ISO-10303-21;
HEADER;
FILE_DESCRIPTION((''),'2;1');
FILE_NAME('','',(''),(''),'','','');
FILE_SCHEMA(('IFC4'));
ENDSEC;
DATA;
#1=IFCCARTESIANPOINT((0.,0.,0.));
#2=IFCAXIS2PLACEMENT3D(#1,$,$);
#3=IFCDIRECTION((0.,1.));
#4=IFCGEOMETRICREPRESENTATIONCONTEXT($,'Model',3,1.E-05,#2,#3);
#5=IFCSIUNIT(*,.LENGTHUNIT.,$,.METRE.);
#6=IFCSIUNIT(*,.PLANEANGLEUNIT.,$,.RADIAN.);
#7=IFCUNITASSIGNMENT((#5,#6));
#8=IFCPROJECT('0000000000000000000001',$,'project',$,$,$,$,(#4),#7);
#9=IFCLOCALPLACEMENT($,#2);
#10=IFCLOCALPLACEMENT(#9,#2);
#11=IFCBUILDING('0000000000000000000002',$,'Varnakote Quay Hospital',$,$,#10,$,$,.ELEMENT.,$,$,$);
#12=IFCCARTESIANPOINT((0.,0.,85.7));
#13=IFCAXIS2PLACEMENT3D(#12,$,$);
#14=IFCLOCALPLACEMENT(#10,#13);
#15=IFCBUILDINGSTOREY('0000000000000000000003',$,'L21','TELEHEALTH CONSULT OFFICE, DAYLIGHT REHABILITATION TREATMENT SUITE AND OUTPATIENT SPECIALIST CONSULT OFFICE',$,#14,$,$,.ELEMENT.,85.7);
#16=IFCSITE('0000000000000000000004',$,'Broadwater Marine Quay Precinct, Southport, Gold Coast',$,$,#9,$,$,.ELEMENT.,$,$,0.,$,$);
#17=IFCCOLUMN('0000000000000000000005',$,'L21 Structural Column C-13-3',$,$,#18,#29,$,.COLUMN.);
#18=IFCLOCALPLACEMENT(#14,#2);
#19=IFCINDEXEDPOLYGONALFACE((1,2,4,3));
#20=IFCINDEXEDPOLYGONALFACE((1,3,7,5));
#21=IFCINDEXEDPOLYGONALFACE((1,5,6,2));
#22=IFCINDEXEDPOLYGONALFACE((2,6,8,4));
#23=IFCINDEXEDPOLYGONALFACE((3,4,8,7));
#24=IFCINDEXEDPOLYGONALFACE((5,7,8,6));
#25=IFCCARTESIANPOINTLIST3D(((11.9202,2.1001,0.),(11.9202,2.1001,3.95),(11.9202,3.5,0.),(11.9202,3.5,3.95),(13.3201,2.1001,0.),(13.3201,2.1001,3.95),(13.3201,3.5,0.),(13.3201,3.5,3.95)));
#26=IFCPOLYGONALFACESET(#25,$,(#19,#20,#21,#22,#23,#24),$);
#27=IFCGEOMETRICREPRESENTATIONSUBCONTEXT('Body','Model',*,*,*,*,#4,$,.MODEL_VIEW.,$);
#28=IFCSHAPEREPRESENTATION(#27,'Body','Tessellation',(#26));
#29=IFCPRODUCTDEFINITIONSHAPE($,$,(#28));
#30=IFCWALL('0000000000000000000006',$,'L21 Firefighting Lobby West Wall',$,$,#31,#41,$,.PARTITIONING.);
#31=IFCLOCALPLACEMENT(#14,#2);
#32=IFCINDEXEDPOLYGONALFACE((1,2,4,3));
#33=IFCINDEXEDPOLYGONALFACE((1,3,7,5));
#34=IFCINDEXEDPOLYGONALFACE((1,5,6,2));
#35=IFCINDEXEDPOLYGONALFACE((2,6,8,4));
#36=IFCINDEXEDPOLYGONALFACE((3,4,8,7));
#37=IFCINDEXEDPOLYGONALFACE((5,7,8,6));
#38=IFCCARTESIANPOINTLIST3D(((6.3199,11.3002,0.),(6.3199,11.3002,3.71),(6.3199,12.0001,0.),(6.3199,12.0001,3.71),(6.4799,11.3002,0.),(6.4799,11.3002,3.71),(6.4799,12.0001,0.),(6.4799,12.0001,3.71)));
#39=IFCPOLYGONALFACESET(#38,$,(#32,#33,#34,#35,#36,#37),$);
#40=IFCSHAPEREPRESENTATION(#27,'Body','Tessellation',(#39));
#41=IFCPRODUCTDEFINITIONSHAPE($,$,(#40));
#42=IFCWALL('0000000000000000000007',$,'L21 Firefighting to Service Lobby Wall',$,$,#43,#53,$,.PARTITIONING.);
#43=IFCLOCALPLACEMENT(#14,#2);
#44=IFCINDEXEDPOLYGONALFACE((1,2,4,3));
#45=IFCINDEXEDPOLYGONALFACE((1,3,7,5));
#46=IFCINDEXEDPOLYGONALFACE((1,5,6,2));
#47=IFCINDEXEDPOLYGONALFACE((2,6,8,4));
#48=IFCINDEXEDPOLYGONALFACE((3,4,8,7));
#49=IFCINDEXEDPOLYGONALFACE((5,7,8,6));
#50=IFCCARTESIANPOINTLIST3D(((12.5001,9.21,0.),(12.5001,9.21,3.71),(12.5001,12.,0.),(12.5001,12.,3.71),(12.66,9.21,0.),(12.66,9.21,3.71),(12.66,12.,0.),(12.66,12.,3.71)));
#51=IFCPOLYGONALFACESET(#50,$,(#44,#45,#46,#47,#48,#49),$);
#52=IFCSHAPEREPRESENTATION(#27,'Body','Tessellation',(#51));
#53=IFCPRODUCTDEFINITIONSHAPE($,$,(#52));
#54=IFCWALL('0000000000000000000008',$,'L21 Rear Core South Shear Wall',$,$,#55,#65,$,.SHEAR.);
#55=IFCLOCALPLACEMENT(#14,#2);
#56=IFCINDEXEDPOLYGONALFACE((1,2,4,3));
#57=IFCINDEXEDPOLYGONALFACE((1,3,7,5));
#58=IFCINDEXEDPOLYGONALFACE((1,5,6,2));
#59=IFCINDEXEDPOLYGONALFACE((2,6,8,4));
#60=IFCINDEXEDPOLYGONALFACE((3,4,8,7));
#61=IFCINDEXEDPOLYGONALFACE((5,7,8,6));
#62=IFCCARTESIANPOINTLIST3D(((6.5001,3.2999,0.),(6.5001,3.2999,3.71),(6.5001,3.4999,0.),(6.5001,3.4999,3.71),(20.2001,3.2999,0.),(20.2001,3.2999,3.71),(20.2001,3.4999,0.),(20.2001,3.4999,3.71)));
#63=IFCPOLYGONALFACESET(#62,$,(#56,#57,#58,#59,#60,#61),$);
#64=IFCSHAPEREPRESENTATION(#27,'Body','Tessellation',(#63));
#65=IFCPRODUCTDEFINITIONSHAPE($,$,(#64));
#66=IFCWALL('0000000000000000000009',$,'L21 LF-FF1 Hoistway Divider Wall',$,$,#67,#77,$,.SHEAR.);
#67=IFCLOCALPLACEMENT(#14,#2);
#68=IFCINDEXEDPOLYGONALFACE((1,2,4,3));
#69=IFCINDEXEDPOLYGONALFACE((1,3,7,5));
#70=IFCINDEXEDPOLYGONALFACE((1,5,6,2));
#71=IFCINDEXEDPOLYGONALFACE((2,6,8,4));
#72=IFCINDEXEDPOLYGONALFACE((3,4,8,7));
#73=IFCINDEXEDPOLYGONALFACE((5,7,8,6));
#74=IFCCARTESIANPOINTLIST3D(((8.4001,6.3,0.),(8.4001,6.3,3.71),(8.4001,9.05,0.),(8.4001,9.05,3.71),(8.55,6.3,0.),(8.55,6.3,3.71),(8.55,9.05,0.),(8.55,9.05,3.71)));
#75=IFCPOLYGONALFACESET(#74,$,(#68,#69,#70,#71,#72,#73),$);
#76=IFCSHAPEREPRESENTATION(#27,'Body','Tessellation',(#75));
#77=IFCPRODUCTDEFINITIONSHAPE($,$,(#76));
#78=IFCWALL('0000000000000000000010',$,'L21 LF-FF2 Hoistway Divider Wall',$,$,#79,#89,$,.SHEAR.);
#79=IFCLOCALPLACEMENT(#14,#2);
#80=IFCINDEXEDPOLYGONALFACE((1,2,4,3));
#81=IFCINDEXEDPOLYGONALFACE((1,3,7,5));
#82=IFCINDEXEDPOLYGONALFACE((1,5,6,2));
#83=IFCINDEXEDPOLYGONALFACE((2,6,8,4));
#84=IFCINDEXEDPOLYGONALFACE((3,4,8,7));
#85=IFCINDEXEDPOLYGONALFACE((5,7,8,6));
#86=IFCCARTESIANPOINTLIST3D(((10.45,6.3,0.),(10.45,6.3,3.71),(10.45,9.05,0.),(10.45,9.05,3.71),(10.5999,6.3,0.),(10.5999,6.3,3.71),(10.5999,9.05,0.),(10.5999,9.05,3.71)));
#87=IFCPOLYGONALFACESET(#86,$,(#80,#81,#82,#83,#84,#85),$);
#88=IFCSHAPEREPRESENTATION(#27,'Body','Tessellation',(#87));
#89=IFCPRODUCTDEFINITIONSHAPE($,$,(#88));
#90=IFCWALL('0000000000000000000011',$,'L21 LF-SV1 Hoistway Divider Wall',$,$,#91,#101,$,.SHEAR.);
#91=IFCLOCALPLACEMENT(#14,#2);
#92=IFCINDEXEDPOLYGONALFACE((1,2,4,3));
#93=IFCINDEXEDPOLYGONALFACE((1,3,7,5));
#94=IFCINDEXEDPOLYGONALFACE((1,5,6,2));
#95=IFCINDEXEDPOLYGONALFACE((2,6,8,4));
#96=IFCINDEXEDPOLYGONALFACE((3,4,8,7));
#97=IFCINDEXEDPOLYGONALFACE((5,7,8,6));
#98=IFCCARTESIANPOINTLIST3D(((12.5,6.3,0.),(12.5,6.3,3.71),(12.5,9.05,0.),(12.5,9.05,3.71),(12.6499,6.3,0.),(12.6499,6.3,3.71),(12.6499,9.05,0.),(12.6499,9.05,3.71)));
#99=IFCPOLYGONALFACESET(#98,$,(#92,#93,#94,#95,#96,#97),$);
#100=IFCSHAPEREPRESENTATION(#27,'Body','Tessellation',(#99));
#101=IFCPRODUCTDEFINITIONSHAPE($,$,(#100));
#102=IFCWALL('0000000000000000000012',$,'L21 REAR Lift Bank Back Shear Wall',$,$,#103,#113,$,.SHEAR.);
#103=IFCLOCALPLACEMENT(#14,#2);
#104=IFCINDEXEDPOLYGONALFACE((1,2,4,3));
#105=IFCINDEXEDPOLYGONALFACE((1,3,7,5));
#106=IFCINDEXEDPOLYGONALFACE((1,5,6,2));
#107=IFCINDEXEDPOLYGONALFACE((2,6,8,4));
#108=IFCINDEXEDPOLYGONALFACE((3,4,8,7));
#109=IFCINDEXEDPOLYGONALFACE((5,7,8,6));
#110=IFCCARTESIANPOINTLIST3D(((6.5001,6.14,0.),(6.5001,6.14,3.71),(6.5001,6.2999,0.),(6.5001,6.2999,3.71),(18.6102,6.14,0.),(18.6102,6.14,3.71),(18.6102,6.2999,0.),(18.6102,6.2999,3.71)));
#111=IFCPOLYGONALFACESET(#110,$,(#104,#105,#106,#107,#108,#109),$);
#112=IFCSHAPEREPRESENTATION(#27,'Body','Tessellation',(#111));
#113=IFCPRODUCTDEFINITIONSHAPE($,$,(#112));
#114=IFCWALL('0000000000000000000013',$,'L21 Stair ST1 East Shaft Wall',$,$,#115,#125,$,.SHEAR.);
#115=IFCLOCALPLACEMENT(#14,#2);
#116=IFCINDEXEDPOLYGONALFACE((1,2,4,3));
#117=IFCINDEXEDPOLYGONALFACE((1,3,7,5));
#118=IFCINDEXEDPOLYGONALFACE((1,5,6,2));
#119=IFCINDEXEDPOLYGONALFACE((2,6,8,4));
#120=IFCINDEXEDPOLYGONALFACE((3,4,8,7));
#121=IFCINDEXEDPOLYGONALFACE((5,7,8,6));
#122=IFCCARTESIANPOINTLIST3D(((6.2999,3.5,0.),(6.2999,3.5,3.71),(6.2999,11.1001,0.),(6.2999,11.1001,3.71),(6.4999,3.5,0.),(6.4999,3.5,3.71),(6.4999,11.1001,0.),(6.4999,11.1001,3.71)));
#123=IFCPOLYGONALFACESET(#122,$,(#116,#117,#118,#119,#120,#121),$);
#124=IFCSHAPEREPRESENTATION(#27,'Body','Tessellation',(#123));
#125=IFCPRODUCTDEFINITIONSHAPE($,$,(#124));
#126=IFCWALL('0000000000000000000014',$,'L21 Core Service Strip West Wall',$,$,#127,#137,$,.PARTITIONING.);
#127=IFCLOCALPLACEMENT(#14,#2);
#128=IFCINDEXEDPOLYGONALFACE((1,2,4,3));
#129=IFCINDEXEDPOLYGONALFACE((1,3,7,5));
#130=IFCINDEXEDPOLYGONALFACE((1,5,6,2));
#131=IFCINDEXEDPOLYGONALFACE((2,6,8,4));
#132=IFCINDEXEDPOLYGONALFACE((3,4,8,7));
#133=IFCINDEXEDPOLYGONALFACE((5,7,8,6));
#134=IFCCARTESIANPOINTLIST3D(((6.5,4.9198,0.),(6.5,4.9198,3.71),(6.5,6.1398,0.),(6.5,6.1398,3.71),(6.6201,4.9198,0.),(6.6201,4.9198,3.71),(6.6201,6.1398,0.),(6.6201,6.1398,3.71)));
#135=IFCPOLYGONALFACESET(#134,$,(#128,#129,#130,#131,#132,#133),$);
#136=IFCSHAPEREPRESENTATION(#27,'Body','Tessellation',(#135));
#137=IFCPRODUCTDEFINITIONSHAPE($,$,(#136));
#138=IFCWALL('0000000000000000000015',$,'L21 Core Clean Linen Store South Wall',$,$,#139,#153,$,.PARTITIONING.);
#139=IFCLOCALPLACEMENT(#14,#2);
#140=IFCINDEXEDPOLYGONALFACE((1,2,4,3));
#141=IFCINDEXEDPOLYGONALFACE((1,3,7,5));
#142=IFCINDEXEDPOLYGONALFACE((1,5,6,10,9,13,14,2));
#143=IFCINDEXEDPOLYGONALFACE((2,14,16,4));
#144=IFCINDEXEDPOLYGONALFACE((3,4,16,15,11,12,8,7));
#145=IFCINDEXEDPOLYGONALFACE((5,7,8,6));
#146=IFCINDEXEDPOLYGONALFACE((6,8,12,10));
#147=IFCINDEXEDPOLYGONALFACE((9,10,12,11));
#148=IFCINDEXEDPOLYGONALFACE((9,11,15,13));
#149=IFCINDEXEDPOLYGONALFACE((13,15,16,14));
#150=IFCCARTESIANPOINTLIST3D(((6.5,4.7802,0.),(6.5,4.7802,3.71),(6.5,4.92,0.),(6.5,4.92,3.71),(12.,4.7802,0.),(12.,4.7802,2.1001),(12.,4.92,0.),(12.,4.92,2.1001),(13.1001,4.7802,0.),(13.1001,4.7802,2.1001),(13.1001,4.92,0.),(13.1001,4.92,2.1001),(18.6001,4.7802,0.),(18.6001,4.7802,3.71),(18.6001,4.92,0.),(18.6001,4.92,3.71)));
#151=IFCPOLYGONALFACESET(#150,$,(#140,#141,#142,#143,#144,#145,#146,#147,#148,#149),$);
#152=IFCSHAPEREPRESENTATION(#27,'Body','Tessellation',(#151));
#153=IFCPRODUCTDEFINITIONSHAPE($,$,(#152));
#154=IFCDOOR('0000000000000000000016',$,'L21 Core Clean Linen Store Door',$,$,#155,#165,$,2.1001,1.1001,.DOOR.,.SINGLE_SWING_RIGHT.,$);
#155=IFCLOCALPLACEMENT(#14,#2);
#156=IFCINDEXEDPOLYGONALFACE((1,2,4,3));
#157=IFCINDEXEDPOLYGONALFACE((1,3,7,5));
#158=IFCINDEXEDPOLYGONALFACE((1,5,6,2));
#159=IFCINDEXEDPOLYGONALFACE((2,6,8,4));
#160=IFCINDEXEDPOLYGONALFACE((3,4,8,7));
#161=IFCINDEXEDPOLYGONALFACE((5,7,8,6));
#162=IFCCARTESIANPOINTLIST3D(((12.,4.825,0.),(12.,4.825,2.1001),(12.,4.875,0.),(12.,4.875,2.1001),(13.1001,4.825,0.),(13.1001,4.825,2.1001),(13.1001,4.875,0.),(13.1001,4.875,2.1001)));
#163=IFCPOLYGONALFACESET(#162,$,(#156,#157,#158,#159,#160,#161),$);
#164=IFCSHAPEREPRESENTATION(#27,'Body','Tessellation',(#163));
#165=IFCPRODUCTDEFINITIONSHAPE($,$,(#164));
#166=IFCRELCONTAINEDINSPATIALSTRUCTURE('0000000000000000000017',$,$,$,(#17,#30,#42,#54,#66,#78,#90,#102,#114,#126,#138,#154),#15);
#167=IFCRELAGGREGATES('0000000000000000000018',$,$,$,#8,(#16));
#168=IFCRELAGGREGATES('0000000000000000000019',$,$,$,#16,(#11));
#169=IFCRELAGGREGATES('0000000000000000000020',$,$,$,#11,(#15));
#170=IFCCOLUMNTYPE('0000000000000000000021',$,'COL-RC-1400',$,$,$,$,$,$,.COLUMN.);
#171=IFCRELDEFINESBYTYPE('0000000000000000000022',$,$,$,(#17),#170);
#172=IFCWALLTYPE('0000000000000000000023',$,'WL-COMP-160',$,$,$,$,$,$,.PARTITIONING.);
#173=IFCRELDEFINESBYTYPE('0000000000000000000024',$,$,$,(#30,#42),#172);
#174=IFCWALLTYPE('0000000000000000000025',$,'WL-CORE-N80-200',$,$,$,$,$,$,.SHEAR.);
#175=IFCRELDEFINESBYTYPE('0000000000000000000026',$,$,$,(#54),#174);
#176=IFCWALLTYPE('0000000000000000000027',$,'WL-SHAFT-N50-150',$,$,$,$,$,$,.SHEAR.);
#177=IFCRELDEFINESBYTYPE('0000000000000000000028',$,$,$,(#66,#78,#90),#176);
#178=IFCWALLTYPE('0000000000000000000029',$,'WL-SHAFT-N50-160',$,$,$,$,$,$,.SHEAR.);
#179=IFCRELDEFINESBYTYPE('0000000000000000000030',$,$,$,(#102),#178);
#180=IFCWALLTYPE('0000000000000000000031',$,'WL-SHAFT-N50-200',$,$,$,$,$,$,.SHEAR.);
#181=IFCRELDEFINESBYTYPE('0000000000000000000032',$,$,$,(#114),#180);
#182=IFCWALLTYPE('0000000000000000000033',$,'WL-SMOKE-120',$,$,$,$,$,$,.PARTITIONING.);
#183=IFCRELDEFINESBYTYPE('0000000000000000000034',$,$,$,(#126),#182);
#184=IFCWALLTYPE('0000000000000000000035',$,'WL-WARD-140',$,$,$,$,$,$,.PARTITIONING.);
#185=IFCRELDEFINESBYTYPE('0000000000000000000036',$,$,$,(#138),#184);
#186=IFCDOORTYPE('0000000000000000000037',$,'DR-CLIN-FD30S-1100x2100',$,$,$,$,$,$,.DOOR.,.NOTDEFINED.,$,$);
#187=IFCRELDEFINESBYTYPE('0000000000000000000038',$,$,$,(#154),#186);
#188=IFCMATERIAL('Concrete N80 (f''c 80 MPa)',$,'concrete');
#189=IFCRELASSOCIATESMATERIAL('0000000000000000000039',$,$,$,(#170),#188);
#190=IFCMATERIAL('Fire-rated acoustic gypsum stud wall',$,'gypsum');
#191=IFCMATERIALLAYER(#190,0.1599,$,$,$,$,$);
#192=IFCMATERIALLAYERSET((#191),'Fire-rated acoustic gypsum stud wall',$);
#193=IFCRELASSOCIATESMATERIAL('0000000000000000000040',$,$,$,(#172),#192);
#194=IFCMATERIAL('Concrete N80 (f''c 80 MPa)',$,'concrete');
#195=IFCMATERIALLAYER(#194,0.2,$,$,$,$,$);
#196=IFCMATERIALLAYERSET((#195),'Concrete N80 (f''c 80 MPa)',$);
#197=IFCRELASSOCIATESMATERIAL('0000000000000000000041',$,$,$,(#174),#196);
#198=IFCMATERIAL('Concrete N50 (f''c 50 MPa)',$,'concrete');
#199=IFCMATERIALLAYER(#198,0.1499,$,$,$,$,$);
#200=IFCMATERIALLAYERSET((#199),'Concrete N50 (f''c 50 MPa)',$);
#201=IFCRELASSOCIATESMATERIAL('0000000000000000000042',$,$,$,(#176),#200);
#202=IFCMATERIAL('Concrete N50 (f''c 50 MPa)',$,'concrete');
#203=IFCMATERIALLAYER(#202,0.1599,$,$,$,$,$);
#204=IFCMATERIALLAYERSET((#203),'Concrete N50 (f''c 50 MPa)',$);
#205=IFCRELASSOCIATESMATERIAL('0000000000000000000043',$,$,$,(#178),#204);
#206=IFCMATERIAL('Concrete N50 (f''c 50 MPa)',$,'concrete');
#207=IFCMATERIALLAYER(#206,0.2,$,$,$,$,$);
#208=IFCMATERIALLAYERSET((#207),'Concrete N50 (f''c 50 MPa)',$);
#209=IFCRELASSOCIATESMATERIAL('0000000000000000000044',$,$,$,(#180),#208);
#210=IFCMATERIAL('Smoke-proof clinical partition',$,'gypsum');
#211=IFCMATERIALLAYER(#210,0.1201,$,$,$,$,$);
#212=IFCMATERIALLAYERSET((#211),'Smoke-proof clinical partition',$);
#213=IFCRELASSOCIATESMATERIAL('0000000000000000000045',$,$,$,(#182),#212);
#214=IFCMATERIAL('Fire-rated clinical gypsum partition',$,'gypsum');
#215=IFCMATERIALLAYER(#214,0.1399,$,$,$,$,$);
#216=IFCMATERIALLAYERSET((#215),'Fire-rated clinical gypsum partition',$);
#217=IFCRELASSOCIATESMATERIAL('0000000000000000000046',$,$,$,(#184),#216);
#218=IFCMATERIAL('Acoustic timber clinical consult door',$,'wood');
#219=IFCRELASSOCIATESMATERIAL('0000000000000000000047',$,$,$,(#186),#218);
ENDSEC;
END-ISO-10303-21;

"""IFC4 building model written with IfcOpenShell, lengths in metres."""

from ifc_helpers import new_model, si_unit, direction, frame, frame_2d, origin, origin_2d, place, context, subcontext, project, spatial, rectangle, extrude, material, layer, layer_set, material_profile, profile_set, type_object, element, fill, save


model = new_model("IFC4")

# Units and contexts
model_context = context("Model", 3, precision=1e-05, world=origin(), true_north=direction((0.0, 1.0)))
body_context = subcontext(model_context, "Body", "Model", "MODEL_VIEW")
ifc_project = project(units=[si_unit("LENGTHUNIT", "METRE"), si_unit("PLANEANGLEUNIT", "RADIAN")], contexts=[model_context])

# Site, building, storey
site_placement = place(None, origin())
site = spatial("IfcSite", under=ifc_project, at=site_placement, Name="Broadwater Marine Quay Precinct, Southport, Gold Coast", CompositionType="ELEMENT", RefElevation=0.0)
building_placement = place(site_placement, origin())
building = spatial("IfcBuilding", under=site, at=building_placement, Name="Varnakote Quay Hospital", CompositionType="ELEMENT")
storey_placement = place(building_placement, frame((0.0, 0.0, 85.7)))
storey = spatial("IfcBuildingStorey", under=building, at=storey_placement, Name="L21", Description="TELEHEALTH CONSULT OFFICE, DAYLIGHT REHABILITATION TREATMENT SUITE AND OUTPATIENT SPECIALIST CONSULT OFFICE", CompositionType="ELEMENT", Elevation=85.7)

# Column
ifc_material_1 = material(Name="Concrete N80 (f'c 80 MPa)", Category="concrete")
ifc_material_profile = material_profile(ifc_material_1, rectangle(XDim=1.3999, YDim=1.3999, at=origin_2d()), Name="RC-COL-1400x1400")
ifc_profile_set = profile_set([ifc_material_profile], Name="Concrete N80 (f'c 80 MPa)")
column_type = type_object("IfcColumnType", Name="COL-RC-1400", PredefinedType="COLUMN", material=ifc_profile_set)
column_placement = place(storey_placement, frame((12.6201, 2.8, 0.0), z_axis=(0.0, 0.0, 1.0), x_axis=(1.0, 0.0, 0.0)))
element("IfcColumn", 1, at=column_placement, inside=storey, type_object=column_type, Name="L21 Structural Column C-13-3", PredefinedType="COLUMN", context=body_context, shape_type="SweptSolid", body=[
    extrude(rectangle(XDim=1.3999, YDim=1.3999, at=origin_2d()), origin(), (0.0, 0.0, 1.0), 3.95),
])

# Walls
ifc_material_2 = material(Name="Fire-rated acoustic gypsum stud wall", Category="gypsum")
ifc_layer_1 = layer(ifc_material_2, 0.1599)
ifc_layer_set_1 = layer_set([ifc_layer_1], Name="Fire-rated acoustic gypsum stud wall")
wall_type_1 = type_object("IfcWallType", Name="WL-COMP-160", PredefinedType="PARTITIONING", material=ifc_layer_set_1)
wall_1_placement = place(storey_placement, frame((6.3999, 11.3, 0.0), z_axis=(0.0, 0.0, 1.0), x_axis=(0.0, 1.0, 0.0)))
element("IfcWall", 2, at=wall_1_placement, inside=storey, type_object=wall_type_1, Name="L21 Firefighting Lobby West Wall", PredefinedType="PARTITIONING", context=body_context, shape_type="SweptSolid", body=[
    extrude(rectangle(XDim=0.7, YDim=0.1599, at=frame_2d((0.3501, 0.0))), origin(), (0.0, 0.0, 1.0), 3.71),
])
wall_2_placement = place(storey_placement, frame((12.5801, 9.21, 0.0), z_axis=(0.0, 0.0, 1.0), x_axis=(0.0, 1.0, 0.0)))
element("IfcWall", 3, at=wall_2_placement, inside=storey, type_object=wall_type_1, Name="L21 Firefighting to Service Lobby Wall", PredefinedType="PARTITIONING", context=body_context, shape_type="SweptSolid", body=[
    extrude(rectangle(XDim=2.79, YDim=0.1599, at=frame_2d((1.395, 0.0))), origin(), (0.0, 0.0, 1.0), 3.71),
])
ifc_material_3 = material(Name="Concrete N80 (f'c 80 MPa)", Category="concrete")
ifc_layer_2 = layer(ifc_material_3, 0.2)
ifc_layer_set_2 = layer_set([ifc_layer_2], Name="Concrete N80 (f'c 80 MPa)")
wall_type_2 = type_object("IfcWallType", Name="WL-CORE-N80-200", PredefinedType="SHEAR", material=ifc_layer_set_2)
wall_3_placement = place(storey_placement, frame((6.5, 3.3999, 0.0), z_axis=(0.0, 0.0, 1.0), x_axis=(1.0, 0.0, 0.0)))
element("IfcWall", 4, at=wall_3_placement, inside=storey, type_object=wall_type_2, Name="L21 Rear Core South Shear Wall", PredefinedType="SHEAR", context=body_context, shape_type="SweptSolid", body=[
    extrude(rectangle(XDim=13.7, YDim=0.2, at=frame_2d((6.8501, 0.0))), origin(), (0.0, 0.0, 1.0), 3.71),
])
ifc_material_4 = material(Name="Concrete N50 (f'c 50 MPa)", Category="concrete")
ifc_layer_3 = layer(ifc_material_4, 0.1499)
ifc_layer_set_3 = layer_set([ifc_layer_3], Name="Concrete N50 (f'c 50 MPa)")
wall_type_3 = type_object("IfcWallType", Name="WL-SHAFT-N50-150", PredefinedType="SHEAR", material=ifc_layer_set_3)
for number, where, z_axis, x_axis, name in (
    (5, (8.4751, 6.3, 0.0), (0.0, 0.0, 1.0), (0.0, 1.0, 0.0), "L21 LF-FF1 Hoistway Divider Wall"),
    (6, (10.5249, 6.3, 0.0), (0.0, 0.0, 1.0), (0.0, 1.0, 0.0), "L21 LF-FF2 Hoistway Divider Wall"),
    (7, (12.575, 6.3, 0.0), (0.0, 0.0, 1.0), (0.0, 1.0, 0.0), "L21 LF-SV1 Hoistway Divider Wall"),
):
    element("IfcWall", number, at=place(storey_placement, frame(where, z_axis=z_axis, x_axis=x_axis)), inside=storey, type_object=wall_type_3, Name=name, PredefinedType="SHEAR", context=body_context, shape_type="SweptSolid", body=[
        extrude(rectangle(XDim=2.75, YDim=0.1499, at=frame_2d((1.375, 0.0))), origin(), (0.0, 0.0, 1.0), 3.71),
    ])
ifc_material_5 = material(Name="Concrete N50 (f'c 50 MPa)", Category="concrete")
ifc_layer_4 = layer(ifc_material_5, 0.1599)
ifc_layer_set_4 = layer_set([ifc_layer_4], Name="Concrete N50 (f'c 50 MPa)")
wall_type_4 = type_object("IfcWallType", Name="WL-SHAFT-N50-160", PredefinedType="SHEAR", material=ifc_layer_set_4)
wall_4_placement = place(storey_placement, frame((6.5, 6.22, 0.0), z_axis=(0.0, 0.0, 1.0), x_axis=(1.0, 0.0, 0.0)))
element("IfcWall", 8, at=wall_4_placement, inside=storey, type_object=wall_type_4, Name="L21 REAR Lift Bank Back Shear Wall", PredefinedType="SHEAR", context=body_context, shape_type="SweptSolid", body=[
    extrude(rectangle(XDim=12.1101, YDim=0.1599, at=frame_2d((6.0552, 0.0))), origin(), (0.0, 0.0, 1.0), 3.71),
])

# Walls
ifc_material_6 = material(Name="Concrete N50 (f'c 50 MPa)", Category="concrete")
ifc_layer_5 = layer(ifc_material_6, 0.2)
ifc_layer_set_5 = layer_set([ifc_layer_5], Name="Concrete N50 (f'c 50 MPa)")
wall_type_5 = type_object("IfcWallType", Name="WL-SHAFT-N50-200", PredefinedType="SHEAR", material=ifc_layer_set_5)
wall_5_placement = place(storey_placement, frame((6.3999, 3.5, 0.0), z_axis=(0.0, 0.0, 1.0), x_axis=(0.0, 1.0, 0.0)))
element("IfcWall", 9, at=wall_5_placement, inside=storey, type_object=wall_type_5, Name="L21 Stair ST1 East Shaft Wall", PredefinedType="SHEAR", context=body_context, shape_type="SweptSolid", body=[
    extrude(rectangle(XDim=7.6001, YDim=0.2, at=frame_2d((3.8, 0.0))), origin(), (0.0, 0.0, 1.0), 3.71),
])
ifc_material_7 = material(Name="Smoke-proof clinical partition", Category="gypsum")
ifc_layer_6 = layer(ifc_material_7, 0.1201)
ifc_layer_set_6 = layer_set([ifc_layer_6], Name="Smoke-proof clinical partition")
wall_type_6 = type_object("IfcWallType", Name="WL-SMOKE-120", PredefinedType="PARTITIONING", material=ifc_layer_set_6)
wall_6_placement = place(storey_placement, frame((6.5601, 4.9199, 0.0), z_axis=(0.0, 0.0, 1.0), x_axis=(0.0, 1.0, 0.0)))
element("IfcWall", 10, at=wall_6_placement, inside=storey, type_object=wall_type_6, Name="L21 Core Service Strip West Wall", PredefinedType="PARTITIONING", context=body_context, shape_type="SweptSolid", body=[
    extrude(rectangle(XDim=1.22, YDim=0.1201, at=frame_2d((0.6099, 0.0))), origin(), (0.0, 0.0, 1.0), 3.71),
])

# Wall, opening, door
ifc_material_8 = material(Name="Fire-rated clinical gypsum partition", Category="gypsum")
ifc_layer_7 = layer(ifc_material_8, 0.1399)
ifc_layer_set_7 = layer_set([ifc_layer_7], Name="Fire-rated clinical gypsum partition")
wall_type_7 = type_object("IfcWallType", Name="WL-WARD-140", PredefinedType="PARTITIONING", material=ifc_layer_set_7)
wall_7_placement = place(storey_placement, frame((6.5, 4.8501, 0.0), z_axis=(0.0, 0.0, 1.0), x_axis=(1.0, 0.0, 0.0)))
wall_7 = element("IfcWall", 11, at=wall_7_placement, inside=storey, type_object=wall_type_7, Name="L21 Core Clean Linen Store South Wall", PredefinedType="PARTITIONING", context=body_context, shape_type="SweptSolid", body=[
    extrude(rectangle(XDim=12.1001, YDim=0.1399, at=frame_2d((6.05, 0.0))), origin(), (0.0, 0.0, 1.0), 3.71),
])
opening_1_placement = place(wall_7_placement, frame((5.5, 0.0, 0.0)))
opening_1 = element("IfcOpeningElement", 12, at=opening_1_placement, cuts=wall_7, PredefinedType="OPENING", context=body_context, shape_type="SweptSolid", body=[
    extrude(rectangle(XDim=1.1001, YDim=2.1001, at=frame_2d((0.55, 1.05))), frame((0.0, 0.0798, 0.0), z_axis=(0.0, -1.0, 0.0), x_axis=(1.0, 0.0, 0.0)), (0.0, 0.0, 1.0), 0.1599),
])
ifc_material_9 = material(Name="Acoustic timber clinical consult door", Category="wood")
door_type_1 = type_object("IfcDoorType", Name="DR-CLIN-FD30S-1100x2100", OperationType="NOTDEFINED", PredefinedType="DOOR", material=ifc_material_9)
door_1_placement = place(opening_1_placement, origin())
door_1 = element("IfcDoor", 13, at=door_1_placement, inside=storey, type_object=door_type_1, Name="L21 Core Clean Linen Store Door", OperationType="SINGLE_SWING_RIGHT", OverallHeight=2.1001, OverallWidth=1.1001, PredefinedType="DOOR", context=body_context, shape_type="SweptSolid", body=[
    extrude(rectangle(XDim=1.1001, YDim=2.1001, at=frame_2d((0.55, 1.05))), frame((0.0, 0.0249, 0.0), z_axis=(0.0, -1.0, 0.0), x_axis=(1.0, 0.0, 0.0)), (0.0, 0.0, 1.0), 0.05),
])
fill(opening_1, door_1)

save(model, "model.ifc")
